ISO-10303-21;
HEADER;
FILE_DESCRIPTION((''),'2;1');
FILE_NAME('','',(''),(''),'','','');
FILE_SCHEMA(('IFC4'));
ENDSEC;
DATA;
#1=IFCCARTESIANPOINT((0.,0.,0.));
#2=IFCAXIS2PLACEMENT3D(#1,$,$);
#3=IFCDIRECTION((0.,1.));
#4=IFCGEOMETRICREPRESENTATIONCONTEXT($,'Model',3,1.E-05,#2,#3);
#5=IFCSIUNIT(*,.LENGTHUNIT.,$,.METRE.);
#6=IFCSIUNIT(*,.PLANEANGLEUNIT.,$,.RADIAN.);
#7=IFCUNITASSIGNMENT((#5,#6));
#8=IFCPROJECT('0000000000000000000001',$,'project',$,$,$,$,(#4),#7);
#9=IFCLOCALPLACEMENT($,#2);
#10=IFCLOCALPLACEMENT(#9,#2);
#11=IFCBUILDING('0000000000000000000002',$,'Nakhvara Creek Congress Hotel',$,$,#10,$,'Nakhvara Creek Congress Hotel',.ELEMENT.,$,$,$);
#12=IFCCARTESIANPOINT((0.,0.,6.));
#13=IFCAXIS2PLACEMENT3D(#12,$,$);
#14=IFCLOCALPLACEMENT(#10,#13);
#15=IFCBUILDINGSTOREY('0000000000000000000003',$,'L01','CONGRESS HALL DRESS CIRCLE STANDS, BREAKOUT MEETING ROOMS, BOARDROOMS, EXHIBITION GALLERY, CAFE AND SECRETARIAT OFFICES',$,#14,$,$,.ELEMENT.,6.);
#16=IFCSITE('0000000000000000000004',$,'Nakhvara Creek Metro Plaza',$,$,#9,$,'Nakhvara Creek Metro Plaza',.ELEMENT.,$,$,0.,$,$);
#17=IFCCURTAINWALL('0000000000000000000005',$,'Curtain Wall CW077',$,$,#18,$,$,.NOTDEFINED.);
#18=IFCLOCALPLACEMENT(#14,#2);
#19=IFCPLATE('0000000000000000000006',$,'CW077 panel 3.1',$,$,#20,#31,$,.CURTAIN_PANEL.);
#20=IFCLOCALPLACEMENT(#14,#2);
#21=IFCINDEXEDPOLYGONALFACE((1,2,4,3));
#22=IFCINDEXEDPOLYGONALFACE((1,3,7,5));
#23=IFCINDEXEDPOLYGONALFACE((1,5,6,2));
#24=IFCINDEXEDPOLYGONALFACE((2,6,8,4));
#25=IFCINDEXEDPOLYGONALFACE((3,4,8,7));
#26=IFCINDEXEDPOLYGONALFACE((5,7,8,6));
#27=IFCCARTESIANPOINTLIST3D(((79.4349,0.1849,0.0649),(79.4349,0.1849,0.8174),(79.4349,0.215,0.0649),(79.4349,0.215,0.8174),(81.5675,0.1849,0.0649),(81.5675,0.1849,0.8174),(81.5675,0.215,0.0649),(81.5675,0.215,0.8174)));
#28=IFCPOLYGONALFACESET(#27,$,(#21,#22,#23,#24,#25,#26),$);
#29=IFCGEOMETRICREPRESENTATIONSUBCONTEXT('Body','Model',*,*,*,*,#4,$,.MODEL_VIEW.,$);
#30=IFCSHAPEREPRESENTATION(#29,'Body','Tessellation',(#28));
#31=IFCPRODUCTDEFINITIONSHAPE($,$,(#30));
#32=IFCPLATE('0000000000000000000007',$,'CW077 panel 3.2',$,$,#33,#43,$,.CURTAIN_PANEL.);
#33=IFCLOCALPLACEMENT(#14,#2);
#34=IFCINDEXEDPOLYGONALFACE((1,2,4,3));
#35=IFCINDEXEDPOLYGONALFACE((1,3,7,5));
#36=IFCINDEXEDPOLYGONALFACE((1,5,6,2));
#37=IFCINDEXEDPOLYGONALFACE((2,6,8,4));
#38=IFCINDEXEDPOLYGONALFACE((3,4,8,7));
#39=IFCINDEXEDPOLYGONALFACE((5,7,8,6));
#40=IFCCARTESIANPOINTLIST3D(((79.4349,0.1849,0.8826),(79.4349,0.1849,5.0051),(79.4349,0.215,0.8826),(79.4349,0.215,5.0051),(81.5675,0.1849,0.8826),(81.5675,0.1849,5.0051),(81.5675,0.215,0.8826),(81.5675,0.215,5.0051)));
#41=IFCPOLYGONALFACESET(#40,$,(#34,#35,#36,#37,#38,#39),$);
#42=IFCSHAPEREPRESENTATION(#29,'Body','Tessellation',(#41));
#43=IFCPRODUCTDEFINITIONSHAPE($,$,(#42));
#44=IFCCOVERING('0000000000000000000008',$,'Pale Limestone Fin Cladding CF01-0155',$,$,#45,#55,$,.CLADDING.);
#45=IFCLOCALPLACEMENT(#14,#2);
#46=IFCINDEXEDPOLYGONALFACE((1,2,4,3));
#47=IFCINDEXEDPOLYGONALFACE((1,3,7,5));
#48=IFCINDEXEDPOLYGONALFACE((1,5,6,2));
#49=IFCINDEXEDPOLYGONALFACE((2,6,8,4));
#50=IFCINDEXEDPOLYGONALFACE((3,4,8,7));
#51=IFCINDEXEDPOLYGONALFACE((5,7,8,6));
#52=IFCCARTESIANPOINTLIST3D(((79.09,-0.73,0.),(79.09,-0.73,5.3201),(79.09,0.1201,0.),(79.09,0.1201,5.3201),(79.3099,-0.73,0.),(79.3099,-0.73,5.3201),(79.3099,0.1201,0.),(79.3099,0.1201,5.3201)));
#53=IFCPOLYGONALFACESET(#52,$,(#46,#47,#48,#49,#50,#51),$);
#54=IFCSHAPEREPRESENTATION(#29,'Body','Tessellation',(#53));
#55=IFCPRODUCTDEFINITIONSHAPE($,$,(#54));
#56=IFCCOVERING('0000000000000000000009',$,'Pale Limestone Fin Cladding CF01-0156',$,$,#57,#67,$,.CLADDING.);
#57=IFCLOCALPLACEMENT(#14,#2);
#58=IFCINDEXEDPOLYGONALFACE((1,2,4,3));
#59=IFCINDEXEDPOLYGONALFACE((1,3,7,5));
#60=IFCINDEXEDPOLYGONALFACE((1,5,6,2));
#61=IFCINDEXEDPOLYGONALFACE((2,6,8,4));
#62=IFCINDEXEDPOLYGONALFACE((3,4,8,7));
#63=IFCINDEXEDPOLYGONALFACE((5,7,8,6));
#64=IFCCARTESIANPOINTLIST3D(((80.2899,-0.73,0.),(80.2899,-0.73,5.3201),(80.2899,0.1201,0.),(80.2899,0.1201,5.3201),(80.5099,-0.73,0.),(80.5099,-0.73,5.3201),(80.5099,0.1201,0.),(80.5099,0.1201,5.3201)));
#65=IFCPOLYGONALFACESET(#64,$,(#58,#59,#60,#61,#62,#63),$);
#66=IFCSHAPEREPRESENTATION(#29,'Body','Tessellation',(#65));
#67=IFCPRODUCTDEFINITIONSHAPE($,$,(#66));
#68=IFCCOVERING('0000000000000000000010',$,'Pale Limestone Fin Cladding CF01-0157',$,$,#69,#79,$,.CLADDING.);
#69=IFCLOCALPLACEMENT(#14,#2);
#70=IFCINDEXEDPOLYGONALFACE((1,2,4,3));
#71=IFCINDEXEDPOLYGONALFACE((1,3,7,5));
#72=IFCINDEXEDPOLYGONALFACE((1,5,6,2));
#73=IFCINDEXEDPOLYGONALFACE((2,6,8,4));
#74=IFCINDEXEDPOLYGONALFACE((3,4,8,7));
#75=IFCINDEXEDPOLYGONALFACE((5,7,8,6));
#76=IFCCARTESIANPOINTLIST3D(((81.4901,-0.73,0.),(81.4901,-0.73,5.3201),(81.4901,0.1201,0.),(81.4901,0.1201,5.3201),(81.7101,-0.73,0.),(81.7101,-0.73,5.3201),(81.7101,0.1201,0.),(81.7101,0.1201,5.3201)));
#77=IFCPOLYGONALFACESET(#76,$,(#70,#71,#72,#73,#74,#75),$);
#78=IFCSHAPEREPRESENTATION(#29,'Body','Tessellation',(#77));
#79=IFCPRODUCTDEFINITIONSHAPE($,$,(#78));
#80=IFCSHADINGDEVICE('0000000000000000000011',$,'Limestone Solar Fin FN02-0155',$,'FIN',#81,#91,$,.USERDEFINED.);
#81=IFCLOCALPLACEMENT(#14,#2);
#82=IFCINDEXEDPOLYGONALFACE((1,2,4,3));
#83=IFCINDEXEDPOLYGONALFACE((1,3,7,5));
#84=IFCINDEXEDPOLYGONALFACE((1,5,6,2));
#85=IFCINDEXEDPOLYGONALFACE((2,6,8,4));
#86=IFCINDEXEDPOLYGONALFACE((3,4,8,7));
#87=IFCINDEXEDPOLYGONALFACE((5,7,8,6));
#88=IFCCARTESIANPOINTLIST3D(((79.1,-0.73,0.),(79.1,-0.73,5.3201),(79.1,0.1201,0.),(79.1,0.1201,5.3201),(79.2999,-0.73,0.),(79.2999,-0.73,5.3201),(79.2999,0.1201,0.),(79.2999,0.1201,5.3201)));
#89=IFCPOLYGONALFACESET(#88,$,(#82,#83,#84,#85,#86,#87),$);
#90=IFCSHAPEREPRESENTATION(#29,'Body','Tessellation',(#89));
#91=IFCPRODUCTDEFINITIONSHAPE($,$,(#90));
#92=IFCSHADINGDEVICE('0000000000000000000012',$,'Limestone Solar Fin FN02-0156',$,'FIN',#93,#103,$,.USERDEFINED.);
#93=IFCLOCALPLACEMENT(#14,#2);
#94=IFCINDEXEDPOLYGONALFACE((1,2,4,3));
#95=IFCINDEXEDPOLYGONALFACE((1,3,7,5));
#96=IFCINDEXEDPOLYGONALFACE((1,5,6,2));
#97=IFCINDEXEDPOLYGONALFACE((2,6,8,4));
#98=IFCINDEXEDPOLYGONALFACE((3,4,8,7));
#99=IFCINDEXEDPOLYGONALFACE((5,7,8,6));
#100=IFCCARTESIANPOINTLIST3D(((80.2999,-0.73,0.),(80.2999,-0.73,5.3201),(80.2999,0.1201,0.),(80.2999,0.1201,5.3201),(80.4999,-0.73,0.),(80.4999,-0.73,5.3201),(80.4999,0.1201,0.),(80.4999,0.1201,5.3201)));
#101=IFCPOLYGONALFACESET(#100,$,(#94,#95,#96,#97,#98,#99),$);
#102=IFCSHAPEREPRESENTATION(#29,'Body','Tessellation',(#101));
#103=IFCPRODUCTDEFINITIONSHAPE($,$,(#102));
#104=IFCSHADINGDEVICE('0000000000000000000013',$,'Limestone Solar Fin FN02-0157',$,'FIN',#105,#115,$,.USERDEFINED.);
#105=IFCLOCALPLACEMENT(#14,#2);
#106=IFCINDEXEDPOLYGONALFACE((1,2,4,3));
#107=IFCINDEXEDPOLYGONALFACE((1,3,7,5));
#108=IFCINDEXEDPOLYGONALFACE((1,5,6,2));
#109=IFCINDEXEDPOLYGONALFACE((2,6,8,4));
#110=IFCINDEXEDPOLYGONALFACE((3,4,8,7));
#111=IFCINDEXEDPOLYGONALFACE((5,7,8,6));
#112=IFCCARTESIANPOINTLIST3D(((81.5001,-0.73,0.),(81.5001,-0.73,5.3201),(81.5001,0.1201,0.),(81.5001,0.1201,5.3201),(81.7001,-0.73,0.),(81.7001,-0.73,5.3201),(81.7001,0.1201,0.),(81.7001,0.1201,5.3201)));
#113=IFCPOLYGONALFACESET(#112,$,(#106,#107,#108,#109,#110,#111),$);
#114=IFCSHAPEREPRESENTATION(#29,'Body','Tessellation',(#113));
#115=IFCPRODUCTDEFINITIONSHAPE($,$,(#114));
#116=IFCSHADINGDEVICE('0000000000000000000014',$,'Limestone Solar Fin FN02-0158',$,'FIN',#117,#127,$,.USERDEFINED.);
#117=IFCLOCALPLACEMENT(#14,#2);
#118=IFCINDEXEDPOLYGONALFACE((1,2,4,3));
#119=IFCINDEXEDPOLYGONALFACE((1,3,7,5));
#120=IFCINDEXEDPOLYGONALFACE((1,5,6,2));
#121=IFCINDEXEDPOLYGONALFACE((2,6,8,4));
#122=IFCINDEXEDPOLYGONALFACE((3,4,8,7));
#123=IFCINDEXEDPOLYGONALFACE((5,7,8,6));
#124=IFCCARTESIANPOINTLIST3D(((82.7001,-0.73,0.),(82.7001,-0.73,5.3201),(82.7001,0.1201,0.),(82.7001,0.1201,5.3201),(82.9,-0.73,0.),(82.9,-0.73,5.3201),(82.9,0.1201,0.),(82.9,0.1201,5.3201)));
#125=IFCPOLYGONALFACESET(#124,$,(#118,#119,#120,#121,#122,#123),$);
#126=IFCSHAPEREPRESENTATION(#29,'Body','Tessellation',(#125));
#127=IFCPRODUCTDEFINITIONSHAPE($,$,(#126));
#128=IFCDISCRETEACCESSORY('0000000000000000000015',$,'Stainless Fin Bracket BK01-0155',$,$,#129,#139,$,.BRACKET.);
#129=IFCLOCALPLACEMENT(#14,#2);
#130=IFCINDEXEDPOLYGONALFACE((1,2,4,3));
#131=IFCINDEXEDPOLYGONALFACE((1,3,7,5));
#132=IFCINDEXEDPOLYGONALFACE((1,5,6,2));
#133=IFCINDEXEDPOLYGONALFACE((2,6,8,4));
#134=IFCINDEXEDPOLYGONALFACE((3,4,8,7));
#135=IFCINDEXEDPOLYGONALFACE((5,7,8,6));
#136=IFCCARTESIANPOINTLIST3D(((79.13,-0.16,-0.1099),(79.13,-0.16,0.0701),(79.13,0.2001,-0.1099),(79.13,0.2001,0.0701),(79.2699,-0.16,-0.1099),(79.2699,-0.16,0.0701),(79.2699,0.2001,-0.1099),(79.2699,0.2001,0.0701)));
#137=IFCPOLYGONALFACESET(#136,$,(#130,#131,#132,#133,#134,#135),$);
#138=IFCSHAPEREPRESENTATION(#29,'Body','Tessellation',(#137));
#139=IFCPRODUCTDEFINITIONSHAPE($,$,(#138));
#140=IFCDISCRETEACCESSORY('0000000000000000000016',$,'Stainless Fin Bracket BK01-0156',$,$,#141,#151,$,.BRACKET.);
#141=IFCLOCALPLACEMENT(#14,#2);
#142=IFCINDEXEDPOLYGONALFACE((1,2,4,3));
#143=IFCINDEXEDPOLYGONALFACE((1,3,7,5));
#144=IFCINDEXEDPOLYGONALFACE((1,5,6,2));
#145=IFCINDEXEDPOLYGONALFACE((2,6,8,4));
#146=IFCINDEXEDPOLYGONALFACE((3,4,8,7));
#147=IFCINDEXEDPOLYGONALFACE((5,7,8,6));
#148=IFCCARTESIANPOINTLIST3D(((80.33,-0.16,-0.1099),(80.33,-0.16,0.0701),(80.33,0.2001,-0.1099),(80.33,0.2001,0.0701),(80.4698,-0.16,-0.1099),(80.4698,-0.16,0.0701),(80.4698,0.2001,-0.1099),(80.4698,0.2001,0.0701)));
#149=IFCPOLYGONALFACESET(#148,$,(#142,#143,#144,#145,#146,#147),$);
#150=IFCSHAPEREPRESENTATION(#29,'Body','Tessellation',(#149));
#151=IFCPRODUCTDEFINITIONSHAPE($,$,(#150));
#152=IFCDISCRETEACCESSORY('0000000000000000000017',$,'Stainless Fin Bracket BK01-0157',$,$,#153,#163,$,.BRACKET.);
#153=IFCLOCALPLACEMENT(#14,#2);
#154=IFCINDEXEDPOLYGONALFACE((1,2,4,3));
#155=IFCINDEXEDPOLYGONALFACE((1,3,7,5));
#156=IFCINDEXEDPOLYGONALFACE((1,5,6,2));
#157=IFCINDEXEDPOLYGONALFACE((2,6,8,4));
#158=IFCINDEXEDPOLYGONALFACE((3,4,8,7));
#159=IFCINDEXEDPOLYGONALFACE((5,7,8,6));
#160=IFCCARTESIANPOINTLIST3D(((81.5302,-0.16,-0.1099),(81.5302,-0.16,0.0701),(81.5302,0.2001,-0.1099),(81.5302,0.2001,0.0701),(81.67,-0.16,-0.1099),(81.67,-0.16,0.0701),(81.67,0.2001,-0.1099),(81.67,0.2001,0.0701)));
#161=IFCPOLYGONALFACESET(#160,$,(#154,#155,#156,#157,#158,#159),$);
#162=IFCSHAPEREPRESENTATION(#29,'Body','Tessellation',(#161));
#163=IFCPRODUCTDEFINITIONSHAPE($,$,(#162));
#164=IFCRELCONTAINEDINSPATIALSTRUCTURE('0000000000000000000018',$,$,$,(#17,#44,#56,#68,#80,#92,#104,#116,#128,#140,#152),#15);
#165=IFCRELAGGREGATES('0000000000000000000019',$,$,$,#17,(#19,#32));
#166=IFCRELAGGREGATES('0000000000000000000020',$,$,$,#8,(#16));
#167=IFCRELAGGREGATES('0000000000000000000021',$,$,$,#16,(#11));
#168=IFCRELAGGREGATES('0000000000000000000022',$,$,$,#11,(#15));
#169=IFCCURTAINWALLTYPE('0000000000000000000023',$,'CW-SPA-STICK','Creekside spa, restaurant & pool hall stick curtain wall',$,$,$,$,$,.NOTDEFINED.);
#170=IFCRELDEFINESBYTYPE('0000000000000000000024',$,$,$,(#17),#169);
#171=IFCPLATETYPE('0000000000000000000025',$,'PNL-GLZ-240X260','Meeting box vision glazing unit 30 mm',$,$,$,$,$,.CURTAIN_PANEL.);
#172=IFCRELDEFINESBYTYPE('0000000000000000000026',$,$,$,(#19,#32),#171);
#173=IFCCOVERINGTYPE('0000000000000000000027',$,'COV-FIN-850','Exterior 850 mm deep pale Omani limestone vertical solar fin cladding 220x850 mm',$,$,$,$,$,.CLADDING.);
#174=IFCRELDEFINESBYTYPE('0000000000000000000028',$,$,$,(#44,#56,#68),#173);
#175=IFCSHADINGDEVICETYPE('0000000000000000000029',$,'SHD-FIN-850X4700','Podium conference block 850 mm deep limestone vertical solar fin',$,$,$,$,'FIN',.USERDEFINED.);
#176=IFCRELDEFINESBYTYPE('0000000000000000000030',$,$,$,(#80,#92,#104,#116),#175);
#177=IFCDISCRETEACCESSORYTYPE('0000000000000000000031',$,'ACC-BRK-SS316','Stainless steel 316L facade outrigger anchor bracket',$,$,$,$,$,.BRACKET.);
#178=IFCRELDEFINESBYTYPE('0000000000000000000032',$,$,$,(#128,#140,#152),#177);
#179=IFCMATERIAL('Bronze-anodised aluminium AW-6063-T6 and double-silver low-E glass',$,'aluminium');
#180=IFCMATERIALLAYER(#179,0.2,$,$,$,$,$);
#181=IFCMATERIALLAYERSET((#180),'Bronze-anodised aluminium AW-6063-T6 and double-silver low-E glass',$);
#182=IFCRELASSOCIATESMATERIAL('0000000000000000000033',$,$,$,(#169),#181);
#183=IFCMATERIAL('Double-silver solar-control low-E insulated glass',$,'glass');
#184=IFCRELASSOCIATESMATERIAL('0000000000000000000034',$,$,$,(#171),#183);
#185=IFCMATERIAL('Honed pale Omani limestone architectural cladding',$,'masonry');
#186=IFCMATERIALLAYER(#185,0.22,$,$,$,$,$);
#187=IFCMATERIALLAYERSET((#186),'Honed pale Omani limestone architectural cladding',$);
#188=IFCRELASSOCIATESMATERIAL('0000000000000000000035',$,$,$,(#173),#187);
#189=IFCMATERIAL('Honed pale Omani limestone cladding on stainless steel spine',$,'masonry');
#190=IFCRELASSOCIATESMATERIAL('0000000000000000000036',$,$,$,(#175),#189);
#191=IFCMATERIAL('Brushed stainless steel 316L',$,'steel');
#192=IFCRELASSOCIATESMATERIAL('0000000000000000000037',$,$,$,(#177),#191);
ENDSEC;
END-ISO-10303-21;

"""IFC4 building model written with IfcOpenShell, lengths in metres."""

from ifc_helpers import new_model, si_unit, direction, frame, origin, origin_2d, place, context, subcontext, project, spatial, rectangle, extrude, material, layer, layer_set, type_object, element, aggregate, save


model = new_model("IFC4")

# Units and contexts
model_context = context("Model", 3, precision=1e-05, world=origin(), true_north=direction((0.0, 1.0)))
body_context = subcontext(model_context, "Body", "Model", "MODEL_VIEW")
ifc_project = project(units=[si_unit("LENGTHUNIT", "METRE"), si_unit("PLANEANGLEUNIT", "RADIAN")], contexts=[model_context])

# Site, building, storey
site_placement = place(None, origin())
site = spatial("IfcSite", under=ifc_project, at=site_placement, Name="Nakhvara Creek Metro Plaza", LongName="Nakhvara Creek Metro Plaza", CompositionType="ELEMENT", RefElevation=0.0)
building_placement = place(site_placement, origin())
building = spatial("IfcBuilding", under=site, at=building_placement, Name="Nakhvara Creek Congress Hotel", LongName="Nakhvara Creek Congress Hotel", CompositionType="ELEMENT")
storey_placement = place(building_placement, frame((0.0, 0.0, 6.0)))
storey = spatial("IfcBuildingStorey", under=building, at=storey_placement, Name="L01", Description="CONGRESS HALL DRESS CIRCLE STANDS, BREAKOUT MEETING ROOMS, BOARDROOMS, EXHIBITION GALLERY, CAFE AND SECRETARIAT OFFICES", CompositionType="ELEMENT", Elevation=6.0)

# Curtain wall, plates
ifc_material_1 = material(Name="Bronze-anodised aluminium AW-6063-T6 and double-silver low-E glass", Category="aluminium")
ifc_layer_1 = layer(ifc_material_1, 0.2)
ifc_layer_set_1 = layer_set([ifc_layer_1], Name="Bronze-anodised aluminium AW-6063-T6 and double-silver low-E glass")
curtain_wall_type = type_object("IfcCurtainWallType", Name="CW-SPA-STICK", Description="Creekside spa, restaurant & pool hall stick curtain wall", PredefinedType="NOTDEFINED", material=ifc_layer_set_1)
curtain_wall_placement = place(storey_placement, origin())
curtain_wall = element("IfcCurtainWall", 1, at=curtain_wall_placement, inside=storey, type_object=curtain_wall_type, Name="Curtain Wall CW077", PredefinedType="NOTDEFINED")
ifc_material_2 = material(Name="Double-silver solar-control low-E insulated glass", Category="glass")
plate_type = type_object("IfcPlateType", Name="PNL-GLZ-240X260", Description="Meeting box vision glazing unit 30 mm", PredefinedType="CURTAIN_PANEL", material=ifc_material_2)
plate_1_placement = place(storey_placement, frame((80.5012, 0.2, 0.0649), z_axis=(0.0, 0.0, 1.0), x_axis=(-1.0, 0.0, 0.0)))
plate_1 = element("IfcPlate", 2, at=plate_1_placement, type_object=plate_type, Name="CW077 panel 3.1", PredefinedType="CURTAIN_PANEL", context=body_context, shape_type="SweptSolid", body=[
    extrude(rectangle(XDim=2.1326, YDim=0.03, at=origin_2d()), origin(), (0.0, 0.0, 1.0), 0.7524),
])
plate_2_placement = place(storey_placement, frame((80.5012, 0.2, 0.8826), z_axis=(0.0, 0.0, 1.0), x_axis=(-1.0, 0.0, 0.0)))
plate_2 = element("IfcPlate", 3, at=plate_2_placement, type_object=plate_type, Name="CW077 panel 3.2", PredefinedType="CURTAIN_PANEL", context=body_context, shape_type="SweptSolid", body=[
    extrude(rectangle(XDim=2.1326, YDim=0.03, at=origin_2d()), origin(), (0.0, 0.0, 1.0), 4.1226),
])
aggregate(curtain_wall, [plate_1, plate_2])

# Coverings
ifc_material_3 = material(Name="Honed pale Omani limestone architectural cladding", Category="masonry")
ifc_layer_2 = layer(ifc_material_3, 0.22)
ifc_layer_set_2 = layer_set([ifc_layer_2], Name="Honed pale Omani limestone architectural cladding")
covering_type = type_object("IfcCoveringType", Name="COV-FIN-850", Description="Exterior 850 mm deep pale Omani limestone vertical solar fin cladding 220x850 mm", PredefinedType="CLADDING", material=ifc_layer_set_2)
for number, where, z_axis, x_axis, name in (
    (4, (79.2, -0.3049, 0.0), (0.0, 0.0, 1.0), (1.0, 0.0, 0.0), "Pale Limestone Fin Cladding CF01-0155"),
    (5, (80.3999, -0.3049, 0.0), (0.0, 0.0, 1.0), (1.0, 0.0, 0.0), "Pale Limestone Fin Cladding CF01-0156"),
    (6, (81.6001, -0.3049, 0.0), (0.0, 0.0, 1.0), (1.0, 0.0, 0.0), "Pale Limestone Fin Cladding CF01-0157"),
):
    element("IfcCovering", number, at=place(storey_placement, frame(where, z_axis=z_axis, x_axis=x_axis)), inside=storey, type_object=covering_type, Name=name, PredefinedType="CLADDING", context=body_context, shape_type="SweptSolid", body=[
        extrude(rectangle(XDim=0.22, YDim=0.8501, at=origin_2d()), origin(), (0.0, 0.0, 1.0), 5.3201),
    ])

# Shading devices
ifc_material_4 = material(Name="Honed pale Omani limestone cladding on stainless steel spine", Category="masonry")
shading_device_type = type_object("IfcShadingDeviceType", Name="SHD-FIN-850X4700", Description="Podium conference block 850 mm deep limestone vertical solar fin", ElementType="FIN", PredefinedType="USERDEFINED", material=ifc_material_4)
for number, where, z_axis, x_axis, name in (
    (7, (79.2, -0.3049, 0.0), (0.0, 0.0, 1.0), (1.0, 0.0, 0.0), "Limestone Solar Fin FN02-0155"),
    (8, (80.3999, -0.3049, 0.0), (0.0, 0.0, 1.0), (1.0, 0.0, 0.0), "Limestone Solar Fin FN02-0156"),
    (9, (81.6001, -0.3049, 0.0), (0.0, 0.0, 1.0), (1.0, 0.0, 0.0), "Limestone Solar Fin FN02-0157"),
    (10, (82.8, -0.3049, 0.0), (0.0, 0.0, 1.0), (1.0, 0.0, 0.0), "Limestone Solar Fin FN02-0158"),
):
    element("IfcShadingDevice", number, at=place(storey_placement, frame(where, z_axis=z_axis, x_axis=x_axis)), inside=storey, type_object=shading_device_type, Name=name, ObjectType="FIN", PredefinedType="USERDEFINED", context=body_context, shape_type="SweptSolid", body=[
        extrude(rectangle(XDim=0.2, YDim=0.8501, at=origin_2d()), origin(), (0.0, 0.0, 1.0), 5.3201),
    ])

# Discrete accessories
ifc_material_5 = material(Name="Brushed stainless steel 316L", Category="steel")
discrete_accessory_type = type_object("IfcDiscreteAccessoryType", Name="ACC-BRK-SS316", Description="Stainless steel 316L facade outrigger anchor bracket", PredefinedType="BRACKET", material=ifc_material_5)
for number, where, z_axis, x_axis, name in (
    (11, (79.2, 0.02, -0.1099), (0.0, 0.0, 1.0), (1.0, 0.0, 0.0), "Stainless Fin Bracket BK01-0155"),
    (12, (80.3999, 0.02, -0.1099), (0.0, 0.0, 1.0), (1.0, 0.0, 0.0), "Stainless Fin Bracket BK01-0156"),
    (13, (81.6001, 0.02, -0.1099), (0.0, 0.0, 1.0), (1.0, 0.0, 0.0), "Stainless Fin Bracket BK01-0157"),
):
    element("IfcDiscreteAccessory", number, at=place(storey_placement, frame(where, z_axis=z_axis, x_axis=x_axis)), inside=storey, type_object=discrete_accessory_type, Name=name, PredefinedType="BRACKET", context=body_context, shape_type="SweptSolid", body=[
        extrude(rectangle(XDim=0.1399, YDim=0.3601, at=origin_2d()), origin(), (0.0, 0.0, 1.0), 0.1799),
    ])

save(model, "model.ifc")
